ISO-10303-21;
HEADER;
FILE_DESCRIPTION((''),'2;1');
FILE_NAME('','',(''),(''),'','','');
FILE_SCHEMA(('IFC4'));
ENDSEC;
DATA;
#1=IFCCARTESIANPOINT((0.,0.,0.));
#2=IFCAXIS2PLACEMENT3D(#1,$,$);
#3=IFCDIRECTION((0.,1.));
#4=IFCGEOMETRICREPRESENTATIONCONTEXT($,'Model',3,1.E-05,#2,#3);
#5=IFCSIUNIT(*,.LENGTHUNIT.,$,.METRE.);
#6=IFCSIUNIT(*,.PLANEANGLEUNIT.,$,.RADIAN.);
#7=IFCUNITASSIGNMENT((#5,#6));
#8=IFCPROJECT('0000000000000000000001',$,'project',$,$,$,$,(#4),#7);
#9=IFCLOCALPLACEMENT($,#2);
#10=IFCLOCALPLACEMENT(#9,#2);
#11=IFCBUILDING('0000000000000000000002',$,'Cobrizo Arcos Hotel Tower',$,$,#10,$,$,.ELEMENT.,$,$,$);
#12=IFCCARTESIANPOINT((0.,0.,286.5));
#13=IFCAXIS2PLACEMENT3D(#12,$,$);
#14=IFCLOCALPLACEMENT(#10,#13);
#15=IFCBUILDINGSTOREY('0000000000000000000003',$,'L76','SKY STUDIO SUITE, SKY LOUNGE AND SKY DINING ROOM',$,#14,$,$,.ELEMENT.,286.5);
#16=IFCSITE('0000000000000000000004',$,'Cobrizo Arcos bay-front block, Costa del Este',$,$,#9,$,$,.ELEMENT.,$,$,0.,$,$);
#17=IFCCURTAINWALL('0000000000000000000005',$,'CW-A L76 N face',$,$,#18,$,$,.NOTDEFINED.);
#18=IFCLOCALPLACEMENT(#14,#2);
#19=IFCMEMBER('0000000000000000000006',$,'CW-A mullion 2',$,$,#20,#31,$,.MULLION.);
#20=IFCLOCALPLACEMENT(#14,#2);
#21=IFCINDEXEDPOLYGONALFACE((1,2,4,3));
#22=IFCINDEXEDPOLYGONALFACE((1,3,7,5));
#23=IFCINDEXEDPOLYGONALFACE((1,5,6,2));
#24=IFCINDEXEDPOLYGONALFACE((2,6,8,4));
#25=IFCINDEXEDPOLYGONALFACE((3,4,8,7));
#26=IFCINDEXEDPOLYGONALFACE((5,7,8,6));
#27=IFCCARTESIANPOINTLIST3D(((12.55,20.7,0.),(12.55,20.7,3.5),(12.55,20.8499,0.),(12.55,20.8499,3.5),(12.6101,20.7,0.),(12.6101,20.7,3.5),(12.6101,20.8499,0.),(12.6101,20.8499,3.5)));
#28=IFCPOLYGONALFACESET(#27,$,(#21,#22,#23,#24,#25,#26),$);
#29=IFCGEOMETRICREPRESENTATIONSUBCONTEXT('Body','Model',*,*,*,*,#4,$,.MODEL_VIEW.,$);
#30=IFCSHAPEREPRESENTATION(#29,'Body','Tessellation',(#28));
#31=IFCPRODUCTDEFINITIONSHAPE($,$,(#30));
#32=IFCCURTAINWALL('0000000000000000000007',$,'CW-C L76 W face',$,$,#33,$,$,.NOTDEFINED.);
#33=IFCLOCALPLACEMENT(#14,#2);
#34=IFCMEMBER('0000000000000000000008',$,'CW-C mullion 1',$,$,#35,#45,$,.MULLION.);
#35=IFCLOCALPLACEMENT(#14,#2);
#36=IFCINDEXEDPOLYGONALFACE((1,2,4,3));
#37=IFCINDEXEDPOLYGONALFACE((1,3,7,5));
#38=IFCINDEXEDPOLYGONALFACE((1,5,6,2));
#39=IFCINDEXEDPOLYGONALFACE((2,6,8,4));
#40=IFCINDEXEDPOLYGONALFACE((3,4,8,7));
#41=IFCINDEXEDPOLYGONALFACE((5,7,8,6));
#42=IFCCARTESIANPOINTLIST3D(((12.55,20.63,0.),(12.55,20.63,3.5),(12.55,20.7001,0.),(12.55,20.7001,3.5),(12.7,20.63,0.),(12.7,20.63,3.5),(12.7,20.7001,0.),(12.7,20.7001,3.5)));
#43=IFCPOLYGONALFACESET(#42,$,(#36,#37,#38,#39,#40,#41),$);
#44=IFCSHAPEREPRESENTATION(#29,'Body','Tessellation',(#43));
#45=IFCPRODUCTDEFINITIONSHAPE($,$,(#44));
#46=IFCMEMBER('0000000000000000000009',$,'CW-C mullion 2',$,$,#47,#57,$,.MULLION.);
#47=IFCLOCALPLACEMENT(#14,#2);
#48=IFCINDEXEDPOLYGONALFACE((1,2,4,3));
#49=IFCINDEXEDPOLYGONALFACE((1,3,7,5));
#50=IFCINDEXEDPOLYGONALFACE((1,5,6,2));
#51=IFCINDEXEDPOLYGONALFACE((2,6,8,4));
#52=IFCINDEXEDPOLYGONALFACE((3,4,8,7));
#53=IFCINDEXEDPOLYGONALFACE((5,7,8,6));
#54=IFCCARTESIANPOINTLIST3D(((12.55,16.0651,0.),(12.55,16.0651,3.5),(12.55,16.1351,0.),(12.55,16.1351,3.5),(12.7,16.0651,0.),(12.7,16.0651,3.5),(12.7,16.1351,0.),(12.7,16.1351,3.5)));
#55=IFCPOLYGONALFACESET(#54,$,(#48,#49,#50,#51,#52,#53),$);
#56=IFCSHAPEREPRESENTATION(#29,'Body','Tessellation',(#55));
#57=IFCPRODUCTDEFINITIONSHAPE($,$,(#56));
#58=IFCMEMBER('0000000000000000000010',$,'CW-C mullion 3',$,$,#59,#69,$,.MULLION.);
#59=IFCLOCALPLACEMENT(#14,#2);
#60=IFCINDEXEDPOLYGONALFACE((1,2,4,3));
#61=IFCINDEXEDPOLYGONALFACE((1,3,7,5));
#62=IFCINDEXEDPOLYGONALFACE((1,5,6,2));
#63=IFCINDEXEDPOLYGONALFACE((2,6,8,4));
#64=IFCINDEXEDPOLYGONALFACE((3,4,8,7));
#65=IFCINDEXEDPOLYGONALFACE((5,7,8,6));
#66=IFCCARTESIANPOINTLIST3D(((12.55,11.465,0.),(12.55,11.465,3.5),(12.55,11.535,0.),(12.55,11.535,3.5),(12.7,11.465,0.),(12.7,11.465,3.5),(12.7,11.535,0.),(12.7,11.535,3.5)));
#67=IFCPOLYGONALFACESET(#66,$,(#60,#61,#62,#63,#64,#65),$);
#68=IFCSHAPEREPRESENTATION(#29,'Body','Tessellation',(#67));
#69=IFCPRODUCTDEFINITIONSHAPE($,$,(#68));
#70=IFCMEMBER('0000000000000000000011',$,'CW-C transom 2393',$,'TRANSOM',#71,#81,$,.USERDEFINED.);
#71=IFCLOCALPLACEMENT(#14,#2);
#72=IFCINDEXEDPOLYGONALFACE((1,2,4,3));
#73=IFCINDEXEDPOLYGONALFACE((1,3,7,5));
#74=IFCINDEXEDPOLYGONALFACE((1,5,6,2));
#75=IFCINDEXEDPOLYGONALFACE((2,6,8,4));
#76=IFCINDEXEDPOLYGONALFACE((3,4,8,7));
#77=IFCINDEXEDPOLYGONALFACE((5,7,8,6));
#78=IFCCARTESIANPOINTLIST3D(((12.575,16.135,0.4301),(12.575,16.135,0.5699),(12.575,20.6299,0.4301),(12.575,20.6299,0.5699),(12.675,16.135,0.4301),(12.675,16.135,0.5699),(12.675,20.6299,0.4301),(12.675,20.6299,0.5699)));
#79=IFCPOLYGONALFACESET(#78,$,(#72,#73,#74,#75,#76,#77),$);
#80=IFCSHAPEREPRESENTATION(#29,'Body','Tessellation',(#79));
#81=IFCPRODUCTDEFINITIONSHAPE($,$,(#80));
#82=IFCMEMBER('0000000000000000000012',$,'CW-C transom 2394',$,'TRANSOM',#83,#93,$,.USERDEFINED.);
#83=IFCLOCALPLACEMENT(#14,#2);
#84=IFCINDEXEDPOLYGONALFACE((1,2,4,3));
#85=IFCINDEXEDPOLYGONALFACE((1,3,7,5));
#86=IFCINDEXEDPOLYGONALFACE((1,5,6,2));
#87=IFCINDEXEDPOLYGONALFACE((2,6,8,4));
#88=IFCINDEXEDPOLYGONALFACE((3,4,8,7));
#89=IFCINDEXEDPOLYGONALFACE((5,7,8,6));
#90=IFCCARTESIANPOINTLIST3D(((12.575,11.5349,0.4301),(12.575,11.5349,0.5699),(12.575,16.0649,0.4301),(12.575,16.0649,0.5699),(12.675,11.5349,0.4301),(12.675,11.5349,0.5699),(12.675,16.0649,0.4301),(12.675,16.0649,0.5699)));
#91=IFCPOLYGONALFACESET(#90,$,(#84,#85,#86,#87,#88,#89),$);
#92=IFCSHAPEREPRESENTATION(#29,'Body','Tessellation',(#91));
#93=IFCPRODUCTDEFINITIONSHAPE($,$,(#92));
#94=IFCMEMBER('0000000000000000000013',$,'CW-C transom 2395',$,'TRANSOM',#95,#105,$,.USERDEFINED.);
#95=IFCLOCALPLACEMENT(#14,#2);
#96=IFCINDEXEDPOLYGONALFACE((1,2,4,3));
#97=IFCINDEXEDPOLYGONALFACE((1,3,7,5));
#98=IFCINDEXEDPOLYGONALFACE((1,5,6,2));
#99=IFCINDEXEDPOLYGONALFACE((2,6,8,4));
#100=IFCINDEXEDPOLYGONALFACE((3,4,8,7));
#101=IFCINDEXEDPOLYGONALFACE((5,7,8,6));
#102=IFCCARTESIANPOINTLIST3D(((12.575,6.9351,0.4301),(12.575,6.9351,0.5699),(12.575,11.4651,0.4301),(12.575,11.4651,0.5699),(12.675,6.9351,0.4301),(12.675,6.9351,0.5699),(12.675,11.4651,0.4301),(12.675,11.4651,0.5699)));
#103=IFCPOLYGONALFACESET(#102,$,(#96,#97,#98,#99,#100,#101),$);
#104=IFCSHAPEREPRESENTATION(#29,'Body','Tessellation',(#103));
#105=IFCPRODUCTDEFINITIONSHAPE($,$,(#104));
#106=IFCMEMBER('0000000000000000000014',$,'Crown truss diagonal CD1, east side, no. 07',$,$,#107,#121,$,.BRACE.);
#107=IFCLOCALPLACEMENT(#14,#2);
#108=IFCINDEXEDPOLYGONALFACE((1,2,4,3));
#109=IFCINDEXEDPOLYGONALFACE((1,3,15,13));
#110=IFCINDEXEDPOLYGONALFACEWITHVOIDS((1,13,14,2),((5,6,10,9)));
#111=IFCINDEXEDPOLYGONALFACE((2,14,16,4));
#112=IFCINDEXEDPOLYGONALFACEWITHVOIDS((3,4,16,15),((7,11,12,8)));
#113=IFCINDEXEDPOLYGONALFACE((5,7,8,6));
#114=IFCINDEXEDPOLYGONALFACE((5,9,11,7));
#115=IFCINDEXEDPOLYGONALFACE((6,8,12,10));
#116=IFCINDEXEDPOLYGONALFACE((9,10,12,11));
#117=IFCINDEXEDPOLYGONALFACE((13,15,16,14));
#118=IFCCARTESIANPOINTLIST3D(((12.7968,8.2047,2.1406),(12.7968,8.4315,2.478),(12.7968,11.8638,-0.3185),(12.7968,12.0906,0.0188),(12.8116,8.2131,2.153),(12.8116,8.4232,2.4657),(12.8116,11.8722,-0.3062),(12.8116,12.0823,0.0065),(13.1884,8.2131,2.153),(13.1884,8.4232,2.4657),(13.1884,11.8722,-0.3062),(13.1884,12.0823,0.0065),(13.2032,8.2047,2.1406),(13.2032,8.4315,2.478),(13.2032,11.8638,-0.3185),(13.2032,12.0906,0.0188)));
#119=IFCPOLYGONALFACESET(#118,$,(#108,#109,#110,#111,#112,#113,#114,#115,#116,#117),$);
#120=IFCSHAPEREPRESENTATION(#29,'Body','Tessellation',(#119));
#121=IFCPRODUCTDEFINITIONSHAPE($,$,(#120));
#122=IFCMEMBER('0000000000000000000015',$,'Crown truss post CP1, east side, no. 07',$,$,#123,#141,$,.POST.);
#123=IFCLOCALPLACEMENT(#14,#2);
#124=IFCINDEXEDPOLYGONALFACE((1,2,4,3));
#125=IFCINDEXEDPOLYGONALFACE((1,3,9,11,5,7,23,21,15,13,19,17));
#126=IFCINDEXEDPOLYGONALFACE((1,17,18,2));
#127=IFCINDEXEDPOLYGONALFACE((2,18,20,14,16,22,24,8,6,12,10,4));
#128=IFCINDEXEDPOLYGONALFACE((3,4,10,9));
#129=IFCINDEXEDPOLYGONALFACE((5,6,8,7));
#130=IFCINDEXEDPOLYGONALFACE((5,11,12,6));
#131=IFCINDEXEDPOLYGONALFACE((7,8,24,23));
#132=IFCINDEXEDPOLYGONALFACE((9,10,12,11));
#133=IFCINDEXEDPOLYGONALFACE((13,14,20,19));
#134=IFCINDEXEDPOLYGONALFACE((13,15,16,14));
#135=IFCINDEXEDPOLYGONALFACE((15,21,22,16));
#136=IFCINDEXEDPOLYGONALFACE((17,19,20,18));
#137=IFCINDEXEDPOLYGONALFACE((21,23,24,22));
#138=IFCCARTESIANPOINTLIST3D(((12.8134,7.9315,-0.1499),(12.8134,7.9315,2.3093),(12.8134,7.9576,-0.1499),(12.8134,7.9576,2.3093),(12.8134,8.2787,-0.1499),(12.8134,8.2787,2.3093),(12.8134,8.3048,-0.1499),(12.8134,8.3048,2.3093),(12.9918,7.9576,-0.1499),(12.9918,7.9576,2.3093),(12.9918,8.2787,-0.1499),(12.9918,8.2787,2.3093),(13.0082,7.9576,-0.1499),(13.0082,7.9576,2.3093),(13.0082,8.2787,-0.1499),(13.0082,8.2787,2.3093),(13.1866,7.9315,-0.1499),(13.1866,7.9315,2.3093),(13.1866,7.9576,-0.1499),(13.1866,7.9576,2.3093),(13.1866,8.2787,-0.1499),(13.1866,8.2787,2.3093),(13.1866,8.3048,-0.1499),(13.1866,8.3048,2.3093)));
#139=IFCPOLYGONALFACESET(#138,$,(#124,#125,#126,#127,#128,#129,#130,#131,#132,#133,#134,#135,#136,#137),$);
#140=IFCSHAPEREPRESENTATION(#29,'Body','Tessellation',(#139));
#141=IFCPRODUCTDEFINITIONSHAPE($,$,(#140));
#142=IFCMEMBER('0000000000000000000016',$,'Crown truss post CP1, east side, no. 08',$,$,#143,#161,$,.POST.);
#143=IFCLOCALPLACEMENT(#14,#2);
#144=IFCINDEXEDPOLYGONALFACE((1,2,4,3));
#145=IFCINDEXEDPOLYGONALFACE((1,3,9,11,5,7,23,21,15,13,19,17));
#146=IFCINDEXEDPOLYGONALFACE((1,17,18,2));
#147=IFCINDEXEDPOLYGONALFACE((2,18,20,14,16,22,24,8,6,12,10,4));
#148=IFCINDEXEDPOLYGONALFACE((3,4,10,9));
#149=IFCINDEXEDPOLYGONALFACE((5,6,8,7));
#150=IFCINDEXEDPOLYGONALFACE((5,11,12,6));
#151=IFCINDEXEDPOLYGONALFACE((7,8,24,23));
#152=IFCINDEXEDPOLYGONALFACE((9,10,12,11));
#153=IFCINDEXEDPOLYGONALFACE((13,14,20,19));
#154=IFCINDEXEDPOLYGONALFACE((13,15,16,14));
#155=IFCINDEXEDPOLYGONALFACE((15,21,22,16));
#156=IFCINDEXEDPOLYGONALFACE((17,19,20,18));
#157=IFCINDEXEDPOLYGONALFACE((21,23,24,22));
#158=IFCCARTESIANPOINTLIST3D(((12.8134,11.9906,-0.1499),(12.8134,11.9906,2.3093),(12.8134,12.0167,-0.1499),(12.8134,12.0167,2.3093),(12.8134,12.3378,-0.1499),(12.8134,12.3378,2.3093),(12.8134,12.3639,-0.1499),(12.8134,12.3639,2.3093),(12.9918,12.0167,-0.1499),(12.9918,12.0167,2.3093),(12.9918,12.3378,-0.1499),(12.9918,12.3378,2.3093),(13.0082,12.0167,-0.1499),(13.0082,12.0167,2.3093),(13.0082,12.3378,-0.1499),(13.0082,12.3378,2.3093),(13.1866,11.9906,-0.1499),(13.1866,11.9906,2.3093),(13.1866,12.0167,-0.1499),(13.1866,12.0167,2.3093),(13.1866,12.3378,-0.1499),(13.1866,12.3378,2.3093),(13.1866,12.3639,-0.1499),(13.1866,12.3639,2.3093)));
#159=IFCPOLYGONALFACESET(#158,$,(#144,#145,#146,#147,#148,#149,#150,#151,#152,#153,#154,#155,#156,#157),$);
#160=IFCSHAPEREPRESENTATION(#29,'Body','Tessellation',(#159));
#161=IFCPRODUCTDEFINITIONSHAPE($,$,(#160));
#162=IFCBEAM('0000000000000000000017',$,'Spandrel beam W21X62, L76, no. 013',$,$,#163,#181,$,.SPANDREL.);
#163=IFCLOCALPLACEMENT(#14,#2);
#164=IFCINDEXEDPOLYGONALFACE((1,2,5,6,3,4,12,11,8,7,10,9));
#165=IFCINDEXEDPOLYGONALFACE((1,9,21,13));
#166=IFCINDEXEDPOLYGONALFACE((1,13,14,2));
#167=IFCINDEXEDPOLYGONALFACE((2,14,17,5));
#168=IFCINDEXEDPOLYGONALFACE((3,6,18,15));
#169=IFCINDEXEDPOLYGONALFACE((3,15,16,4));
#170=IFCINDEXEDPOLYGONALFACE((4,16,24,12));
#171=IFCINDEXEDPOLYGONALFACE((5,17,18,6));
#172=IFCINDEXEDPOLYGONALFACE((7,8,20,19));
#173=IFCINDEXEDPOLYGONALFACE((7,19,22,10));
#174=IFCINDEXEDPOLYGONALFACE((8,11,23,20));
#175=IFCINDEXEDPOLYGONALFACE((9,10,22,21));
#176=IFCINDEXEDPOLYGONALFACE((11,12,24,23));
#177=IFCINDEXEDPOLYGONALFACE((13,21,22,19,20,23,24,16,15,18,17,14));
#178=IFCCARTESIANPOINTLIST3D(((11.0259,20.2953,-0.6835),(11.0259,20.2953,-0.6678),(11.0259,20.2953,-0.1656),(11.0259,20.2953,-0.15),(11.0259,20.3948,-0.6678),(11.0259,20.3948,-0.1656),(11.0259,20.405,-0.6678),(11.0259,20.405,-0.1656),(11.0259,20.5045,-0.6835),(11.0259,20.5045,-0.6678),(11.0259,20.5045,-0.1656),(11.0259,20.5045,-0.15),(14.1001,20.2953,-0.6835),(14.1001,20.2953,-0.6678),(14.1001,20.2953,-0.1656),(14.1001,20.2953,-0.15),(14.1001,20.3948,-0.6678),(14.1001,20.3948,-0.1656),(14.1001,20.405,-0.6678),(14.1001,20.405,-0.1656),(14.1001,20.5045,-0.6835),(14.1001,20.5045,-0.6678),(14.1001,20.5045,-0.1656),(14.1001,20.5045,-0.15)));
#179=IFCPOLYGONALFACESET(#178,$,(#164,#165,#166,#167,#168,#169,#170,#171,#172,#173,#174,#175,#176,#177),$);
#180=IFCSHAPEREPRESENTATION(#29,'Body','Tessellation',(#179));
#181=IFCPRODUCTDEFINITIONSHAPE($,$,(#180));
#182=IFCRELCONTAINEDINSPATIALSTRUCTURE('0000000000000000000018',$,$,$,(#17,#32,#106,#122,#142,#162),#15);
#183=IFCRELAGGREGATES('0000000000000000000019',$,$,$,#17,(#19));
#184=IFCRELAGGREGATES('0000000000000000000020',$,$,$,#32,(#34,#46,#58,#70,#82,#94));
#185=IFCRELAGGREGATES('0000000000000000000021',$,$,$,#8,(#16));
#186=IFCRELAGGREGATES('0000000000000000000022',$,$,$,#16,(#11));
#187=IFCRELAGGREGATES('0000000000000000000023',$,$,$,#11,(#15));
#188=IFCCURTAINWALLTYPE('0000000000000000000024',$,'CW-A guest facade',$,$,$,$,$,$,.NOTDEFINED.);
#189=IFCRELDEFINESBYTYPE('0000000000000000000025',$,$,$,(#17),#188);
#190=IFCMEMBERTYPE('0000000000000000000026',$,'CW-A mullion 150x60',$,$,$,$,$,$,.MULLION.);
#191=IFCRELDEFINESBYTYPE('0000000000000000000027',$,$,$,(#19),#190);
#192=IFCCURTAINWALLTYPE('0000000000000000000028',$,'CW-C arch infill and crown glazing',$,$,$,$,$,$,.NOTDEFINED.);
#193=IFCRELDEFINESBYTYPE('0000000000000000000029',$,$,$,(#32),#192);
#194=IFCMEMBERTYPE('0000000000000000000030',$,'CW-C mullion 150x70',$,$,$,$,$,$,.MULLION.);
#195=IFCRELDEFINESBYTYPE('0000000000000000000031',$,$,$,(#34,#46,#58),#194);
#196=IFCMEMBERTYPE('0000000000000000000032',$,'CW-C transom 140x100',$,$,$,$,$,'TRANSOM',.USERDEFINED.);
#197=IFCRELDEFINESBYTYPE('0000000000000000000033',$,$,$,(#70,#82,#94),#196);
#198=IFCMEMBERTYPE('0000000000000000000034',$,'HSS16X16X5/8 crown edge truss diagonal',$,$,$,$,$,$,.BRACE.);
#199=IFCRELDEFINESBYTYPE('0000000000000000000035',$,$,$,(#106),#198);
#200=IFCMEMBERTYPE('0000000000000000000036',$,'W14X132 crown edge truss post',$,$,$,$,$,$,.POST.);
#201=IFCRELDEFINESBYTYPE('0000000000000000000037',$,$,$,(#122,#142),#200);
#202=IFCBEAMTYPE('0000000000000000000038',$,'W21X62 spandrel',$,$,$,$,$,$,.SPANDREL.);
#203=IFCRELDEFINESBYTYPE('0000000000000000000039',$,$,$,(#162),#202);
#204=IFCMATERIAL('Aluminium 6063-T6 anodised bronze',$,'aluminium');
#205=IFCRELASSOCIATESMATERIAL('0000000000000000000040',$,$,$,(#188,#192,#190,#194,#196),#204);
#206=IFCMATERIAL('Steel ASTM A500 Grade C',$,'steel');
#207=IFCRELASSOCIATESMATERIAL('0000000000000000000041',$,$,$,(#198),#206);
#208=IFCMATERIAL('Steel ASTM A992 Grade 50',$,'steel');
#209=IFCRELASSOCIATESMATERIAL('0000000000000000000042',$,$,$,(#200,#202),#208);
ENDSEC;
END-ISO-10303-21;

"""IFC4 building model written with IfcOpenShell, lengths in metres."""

from ifc_helpers import new_model, si_unit, direction, frame, origin, origin_2d, place, context, subcontext, project, spatial, rectangle, hollow_rectangle, i_section, extrude, material, material_profile, profile_set, type_object, element, aggregate, save


model = new_model("IFC4")

# Units and contexts
model_context = context("Model", 3, precision=1e-05, world=origin(), true_north=direction((0.0, 1.0)))
body_context = subcontext(model_context, "Body", "Model", "MODEL_VIEW")
ifc_project = project(units=[si_unit("LENGTHUNIT", "METRE"), si_unit("PLANEANGLEUNIT", "RADIAN")], contexts=[model_context])

# Site, building, storey
site_placement = place(None, origin())
site = spatial("IfcSite", under=ifc_project, at=site_placement, Name="Cobrizo Arcos bay-front block, Costa del Este", CompositionType="ELEMENT", RefElevation=0.0)
building_placement = place(site_placement, origin())
building = spatial("IfcBuilding", under=site, at=building_placement, Name="Cobrizo Arcos Hotel Tower", CompositionType="ELEMENT")
storey_placement = place(building_placement, frame((0.0, 0.0, 286.5)))
storey = spatial("IfcBuildingStorey", under=building, at=storey_placement, Name="L76", Description="SKY STUDIO SUITE, SKY LOUNGE AND SKY DINING ROOM", CompositionType="ELEMENT", Elevation=286.5)

# Curtain wall, member
ifc_material_1 = material(Name="Aluminium 6063-T6 anodised bronze", Category="aluminium")
curtain_wall_type_1 = type_object("IfcCurtainWallType", Name="CW-A guest facade", PredefinedType="NOTDEFINED", material=ifc_material_1)
curtain_wall_1_placement = place(storey_placement, origin())
curtain_wall_1 = element("IfcCurtainWall", 1, at=curtain_wall_1_placement, inside=storey, type_object=curtain_wall_type_1, Name="CW-A L76 N face", PredefinedType="NOTDEFINED")
ifc_material_profile_1 = material_profile(ifc_material_1, rectangle(XDim=0.1499, YDim=0.0601, at=origin_2d()), Name="CW-A mullion 150x60")
ifc_profile_set_1 = profile_set([ifc_material_profile_1], Name="Aluminium 6063-T6 anodised bronze")
member_type_1 = type_object("IfcMemberType", Name="CW-A mullion 150x60", PredefinedType="MULLION", material=ifc_profile_set_1)
member_1_placement = place(storey_placement, frame((12.5801, 20.7749, 0.0), z_axis=(0.0, 0.0, 1.0), x_axis=(0.0, 1.0, 0.0)))
member_1 = element("IfcMember", 2, at=member_1_placement, type_object=member_type_1, Name="CW-A mullion 2", PredefinedType="MULLION", context=body_context, shape_type="SweptSolid", body=[
    extrude(rectangle(XDim=0.1499, YDim=0.0601, at=origin_2d()), origin(), (0.0, 0.0, 1.0), 3.5),
])
aggregate(curtain_wall_1, [member_1])

# Curtain wall, members
curtain_wall_type_2 = type_object("IfcCurtainWallType", Name="CW-C arch infill and crown glazing", PredefinedType="NOTDEFINED", material=ifc_material_1)
curtain_wall_2_placement = place(storey_placement, origin())
curtain_wall_2 = element("IfcCurtainWall", 3, at=curtain_wall_2_placement, inside=storey, type_object=curtain_wall_type_2, Name="CW-C L76 W face", PredefinedType="NOTDEFINED")
ifc_material_profile_2 = material_profile(ifc_material_1, rectangle(XDim=0.1499, YDim=0.0701, at=origin_2d()), Name="CW-C mullion 150x70")
ifc_profile_set_2 = profile_set([ifc_material_profile_2], Name="Aluminium 6063-T6 anodised bronze")
member_type_2 = type_object("IfcMemberType", Name="CW-C mullion 150x70", PredefinedType="MULLION", material=ifc_profile_set_2)
member_2_placement = place(storey_placement, frame((12.625, 20.665, 0.0), z_axis=(0.0, 0.0, 1.0), x_axis=(-1.0, 0.0, 0.0)))
member_2 = element("IfcMember", 4, at=member_2_placement, type_object=member_type_2, Name="CW-C mullion 1", PredefinedType="MULLION", context=body_context, shape_type="SweptSolid", body=[
    extrude(rectangle(XDim=0.1499, YDim=0.0701, at=origin_2d()), origin(), (0.0, 0.0, 1.0), 3.5),
])
member_3_placement = place(storey_placement, frame((12.625, 16.1001, 0.0), z_axis=(0.0, 0.0, 1.0), x_axis=(-1.0, 0.0, 0.0)))
member_3 = element("IfcMember", 5, at=member_3_placement, type_object=member_type_2, Name="CW-C mullion 2", PredefinedType="MULLION", context=body_context, shape_type="SweptSolid", body=[
    extrude(rectangle(XDim=0.1499, YDim=0.0701, at=origin_2d()), origin(), (0.0, 0.0, 1.0), 3.5),
])
member_4_placement = place(storey_placement, frame((12.625, 11.5, 0.0), z_axis=(0.0, 0.0, 1.0), x_axis=(-1.0, 0.0, 0.0)))
member_4 = element("IfcMember", 6, at=member_4_placement, type_object=member_type_2, Name="CW-C mullion 3", PredefinedType="MULLION", context=body_context, shape_type="SweptSolid", body=[
    extrude(rectangle(XDim=0.1499, YDim=0.0701, at=origin_2d()), origin(), (0.0, 0.0, 1.0), 3.5),
])
ifc_material_profile_3 = material_profile(ifc_material_1, rectangle(XDim=0.1001, YDim=0.1399, at=origin_2d()), Name="CW-C transom 140x100")
ifc_profile_set_3 = profile_set([ifc_material_profile_3], Name="Aluminium 6063-T6 anodised bronze")
member_type_3 = type_object("IfcMemberType", Name="CW-C transom 140x100", ElementType="TRANSOM", PredefinedType="USERDEFINED", material=ifc_profile_set_3)
member_5_placement = place(storey_placement, frame((12.625, 20.6299, 0.5), z_axis=(0.0, -1.0, 0.0), x_axis=(1.0, 0.0, 0.0)))
member_5 = element("IfcMember", 7, at=member_5_placement, type_object=member_type_3, Name="CW-C transom 2393", ObjectType="TRANSOM", PredefinedType="USERDEFINED", context=body_context, shape_type="SweptSolid", body=[
    extrude(rectangle(XDim=0.1001, YDim=0.1399, at=origin_2d()), origin(), (0.0, 0.0, 1.0), 4.4949),
])
member_6_placement = place(storey_placement, frame((12.625, 16.0649, 0.5), z_axis=(0.0, -1.0, 0.0), x_axis=(1.0, 0.0, 0.0)))
member_6 = element("IfcMember", 8, at=member_6_placement, type_object=member_type_3, Name="CW-C transom 2394", ObjectType="TRANSOM", PredefinedType="USERDEFINED", context=body_context, shape_type="SweptSolid", body=[
    extrude(rectangle(XDim=0.1001, YDim=0.1399, at=origin_2d()), origin(), (0.0, 0.0, 1.0), 4.53),
])
member_7_placement = place(storey_placement, frame((12.625, 11.4651, 0.5), z_axis=(0.0, -1.0, 0.0), x_axis=(1.0, 0.0, 0.0)))
member_7 = element("IfcMember", 9, at=member_7_placement, type_object=member_type_3, Name="CW-C transom 2395", ObjectType="TRANSOM", PredefinedType="USERDEFINED", context=body_context, shape_type="SweptSolid", body=[
    extrude(rectangle(XDim=0.1001, YDim=0.1399, at=origin_2d()), origin(), (0.0, 0.0, 1.0), 4.53),
])

# Members
ifc_material_2 = material(Name="Steel ASTM A500 Grade C", Category="steel")
ifc_material_profile_4 = material_profile(ifc_material_2, hollow_rectangle(XDim=0.4065, YDim=0.4065, WallThickness=0.0149, at=origin_2d()), Name="HSS16X16X5/8")
ifc_profile_set_4 = profile_set([ifc_material_profile_4], Name="Steel ASTM A500 Grade C")
member_type_4 = type_object("IfcMemberType", Name="HSS16X16X5/8 crown edge truss diagonal", PredefinedType="BRACE", material=ifc_profile_set_4)
member_8_placement = place(storey_placement, frame((13.0, 8.3181, 2.3093), z_axis=(0.0, 0.829974, -0.557802), x_axis=(-1.0, 0.0, 0.0)))
element("IfcMember", 10, at=member_8_placement, inside=storey, type_object=member_type_4, Name="Crown truss diagonal CD1, east side, no. 07", PredefinedType="BRACE", context=body_context, shape_type="SweptSolid", body=[
    extrude(hollow_rectangle(XDim=0.4065, YDim=0.4065, WallThickness=0.0149, at=origin_2d()), origin(), (0.0, 0.0, 1.0), 4.4087),
])
ifc_material_3 = material(Name="Steel ASTM A992 Grade 50", Category="steel")
ifc_material_profile_5 = material_profile(ifc_material_3, i_section(OverallWidth=0.3733, OverallDepth=0.3733, WebThickness=0.0164, FlangeThickness=0.0261, at=origin_2d()), Name="W14X132")
ifc_profile_set_5 = profile_set([ifc_material_profile_5], Name="Steel ASTM A992 Grade 50")
member_type_5 = type_object("IfcMemberType", Name="W14X132 crown edge truss post", PredefinedType="POST", material=ifc_profile_set_5)
for number, where, z_axis, x_axis, name in (
    (11, (13.0, 8.1182, -0.1499), (0.0, 0.0, 1.0), (1.0, 0.0, 0.0), "Crown truss post CP1, east side, no. 07"),
    (12, (13.0, 12.1772, -0.1499), (0.0, 0.0, 1.0), (1.0, 0.0, 0.0), "Crown truss post CP1, east side, no. 08"),
):
    element("IfcMember", number, at=place(storey_placement, frame(where, z_axis=z_axis, x_axis=x_axis)), inside=storey, type_object=member_type_5, Name=name, PredefinedType="POST", context=body_context, shape_type="SweptSolid", body=[
        extrude(i_section(OverallWidth=0.3733, OverallDepth=0.3733, WebThickness=0.0164, FlangeThickness=0.0261, at=origin_2d()), origin(), (0.0, 0.0, 1.0), 2.4592),
    ])

# Beam
ifc_material_profile_6 = material_profile(ifc_material_3, i_section(OverallWidth=0.2092, OverallDepth=0.5334, WebThickness=0.0103, FlangeThickness=0.0156, at=origin_2d()), Name="W21X62")
ifc_profile_set_6 = profile_set([ifc_material_profile_6], Name="Steel ASTM A992 Grade 50")
beam_type_1 = type_object("IfcBeamType", Name="W21X62 spandrel", PredefinedType="SPANDREL", material=ifc_profile_set_6)
beam_1_placement = place(storey_placement, frame((11.0259, 20.3999, -0.4167), z_axis=(1.0, 0.0, 0.0), x_axis=(0.0, 1.0, 0.0)))
element("IfcBeam", 13, at=beam_1_placement, inside=storey, type_object=beam_type_1, Name="Spandrel beam W21X62, L76, no. 013", PredefinedType="SPANDREL", context=body_context, shape_type="SweptSolid", body=[
    extrude(i_section(OverallWidth=0.2092, OverallDepth=0.5334, WebThickness=0.0103, FlangeThickness=0.0156, at=origin_2d()), origin(), (0.0, 0.0, 1.0), 3.0742),
])

aggregate(curtain_wall_2, [member_2, member_3, member_4, member_5, member_6, member_7])

save(model, "model.ifc")
